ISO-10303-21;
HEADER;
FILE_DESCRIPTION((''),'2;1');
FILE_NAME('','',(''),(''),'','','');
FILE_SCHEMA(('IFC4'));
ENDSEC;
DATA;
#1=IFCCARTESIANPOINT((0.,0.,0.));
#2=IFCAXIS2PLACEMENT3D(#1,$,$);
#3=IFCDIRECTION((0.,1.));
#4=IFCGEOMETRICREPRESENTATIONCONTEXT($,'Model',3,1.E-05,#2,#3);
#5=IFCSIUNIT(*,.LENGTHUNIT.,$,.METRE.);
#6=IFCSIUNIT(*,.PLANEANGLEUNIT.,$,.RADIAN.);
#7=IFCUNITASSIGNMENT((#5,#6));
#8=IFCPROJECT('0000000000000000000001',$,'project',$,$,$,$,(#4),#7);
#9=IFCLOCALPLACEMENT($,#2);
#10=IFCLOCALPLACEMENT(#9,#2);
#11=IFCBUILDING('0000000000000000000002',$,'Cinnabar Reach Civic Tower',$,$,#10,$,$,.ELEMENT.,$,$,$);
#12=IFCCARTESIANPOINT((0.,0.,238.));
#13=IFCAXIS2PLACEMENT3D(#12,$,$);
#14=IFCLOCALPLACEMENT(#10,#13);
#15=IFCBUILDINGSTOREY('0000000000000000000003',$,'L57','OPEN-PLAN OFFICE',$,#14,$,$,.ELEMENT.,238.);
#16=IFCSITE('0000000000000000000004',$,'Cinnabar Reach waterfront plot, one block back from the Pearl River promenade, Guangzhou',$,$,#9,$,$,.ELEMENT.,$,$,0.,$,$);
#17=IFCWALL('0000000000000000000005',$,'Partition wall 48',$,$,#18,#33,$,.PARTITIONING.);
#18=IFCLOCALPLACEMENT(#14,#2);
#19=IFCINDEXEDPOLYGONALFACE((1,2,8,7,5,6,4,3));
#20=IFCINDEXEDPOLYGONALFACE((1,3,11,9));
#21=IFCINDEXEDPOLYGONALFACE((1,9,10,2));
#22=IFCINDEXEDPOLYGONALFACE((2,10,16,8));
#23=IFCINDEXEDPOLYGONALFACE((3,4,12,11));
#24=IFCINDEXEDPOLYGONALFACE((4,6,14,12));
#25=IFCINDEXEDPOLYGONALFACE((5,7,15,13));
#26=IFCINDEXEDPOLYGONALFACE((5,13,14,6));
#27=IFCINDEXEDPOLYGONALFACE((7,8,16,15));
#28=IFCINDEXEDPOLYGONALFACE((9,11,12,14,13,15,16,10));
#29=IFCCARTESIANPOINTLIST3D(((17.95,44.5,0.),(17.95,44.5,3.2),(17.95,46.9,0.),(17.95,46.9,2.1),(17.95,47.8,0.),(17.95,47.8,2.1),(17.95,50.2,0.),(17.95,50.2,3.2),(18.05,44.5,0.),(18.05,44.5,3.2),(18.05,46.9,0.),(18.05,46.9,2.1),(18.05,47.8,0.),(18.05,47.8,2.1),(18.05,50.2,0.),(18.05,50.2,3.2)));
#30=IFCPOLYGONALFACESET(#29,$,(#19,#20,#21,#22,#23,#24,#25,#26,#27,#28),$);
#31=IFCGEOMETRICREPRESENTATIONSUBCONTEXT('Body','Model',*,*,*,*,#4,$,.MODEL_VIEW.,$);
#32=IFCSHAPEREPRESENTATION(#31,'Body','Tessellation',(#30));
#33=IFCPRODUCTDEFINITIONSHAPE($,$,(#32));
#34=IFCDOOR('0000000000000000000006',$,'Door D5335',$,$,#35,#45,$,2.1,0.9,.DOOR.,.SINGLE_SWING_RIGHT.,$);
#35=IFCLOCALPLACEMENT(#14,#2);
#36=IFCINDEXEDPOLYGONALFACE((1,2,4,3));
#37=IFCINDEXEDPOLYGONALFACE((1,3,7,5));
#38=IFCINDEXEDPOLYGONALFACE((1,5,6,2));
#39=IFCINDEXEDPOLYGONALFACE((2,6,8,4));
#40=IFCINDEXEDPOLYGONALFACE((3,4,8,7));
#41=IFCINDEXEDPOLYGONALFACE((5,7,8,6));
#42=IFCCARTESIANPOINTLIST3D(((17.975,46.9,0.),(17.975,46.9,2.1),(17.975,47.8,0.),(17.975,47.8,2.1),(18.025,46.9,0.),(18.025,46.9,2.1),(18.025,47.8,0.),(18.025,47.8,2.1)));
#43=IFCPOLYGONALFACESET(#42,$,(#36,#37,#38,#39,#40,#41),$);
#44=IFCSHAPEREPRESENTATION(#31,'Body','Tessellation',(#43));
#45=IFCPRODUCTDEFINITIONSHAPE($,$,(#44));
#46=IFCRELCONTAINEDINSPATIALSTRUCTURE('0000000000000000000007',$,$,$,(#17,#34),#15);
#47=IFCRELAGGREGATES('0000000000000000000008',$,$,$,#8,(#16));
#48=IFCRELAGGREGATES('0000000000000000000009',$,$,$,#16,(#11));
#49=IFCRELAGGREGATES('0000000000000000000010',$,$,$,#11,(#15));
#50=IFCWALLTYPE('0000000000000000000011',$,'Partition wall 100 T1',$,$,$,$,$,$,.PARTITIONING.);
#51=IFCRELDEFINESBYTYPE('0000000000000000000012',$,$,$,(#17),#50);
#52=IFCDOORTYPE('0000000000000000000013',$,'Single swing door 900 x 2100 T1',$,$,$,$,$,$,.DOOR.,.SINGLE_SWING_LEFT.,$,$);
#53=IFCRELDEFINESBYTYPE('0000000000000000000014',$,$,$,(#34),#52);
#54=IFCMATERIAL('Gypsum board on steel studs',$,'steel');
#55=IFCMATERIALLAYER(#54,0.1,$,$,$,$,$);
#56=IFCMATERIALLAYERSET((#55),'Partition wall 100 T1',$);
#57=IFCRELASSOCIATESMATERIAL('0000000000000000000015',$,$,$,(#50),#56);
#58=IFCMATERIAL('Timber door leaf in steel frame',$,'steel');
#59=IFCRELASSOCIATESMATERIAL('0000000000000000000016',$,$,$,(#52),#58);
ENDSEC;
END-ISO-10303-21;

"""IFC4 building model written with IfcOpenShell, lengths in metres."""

from ifc_helpers import new_model, si_unit, direction, frame, frame_2d, origin, place, context, subcontext, project, spatial, rectangle, extrude, material, layer, layer_set, type_object, element, fill, save


model = new_model("IFC4")

# Units and contexts
model_context = context("Model", 3, precision=1e-05, world=origin(), true_north=direction((0.0, 1.0)))
body_context = subcontext(model_context, "Body", "Model", "MODEL_VIEW")
ifc_project = project(units=[si_unit("LENGTHUNIT", "METRE"), si_unit("PLANEANGLEUNIT", "RADIAN")], contexts=[model_context])

# Site, building, storey
site_placement = place(None, origin())
site = spatial("IfcSite", under=ifc_project, at=site_placement, Name="Cinnabar Reach waterfront plot, one block back from the Pearl River promenade, Guangzhou", CompositionType="ELEMENT", RefElevation=0.0)
building_placement = place(site_placement, origin())
building = spatial("IfcBuilding", under=site, at=building_placement, Name="Cinnabar Reach Civic Tower", CompositionType="ELEMENT")
storey_placement = place(building_placement, frame((0.0, 0.0, 238.0)))
storey = spatial("IfcBuildingStorey", under=building, at=storey_placement, Name="L57", Description="OPEN-PLAN OFFICE", CompositionType="ELEMENT", Elevation=238.0)

# Wall, opening, door
ifc_material_1 = material(Name="Gypsum board on steel studs", Category="steel")
ifc_layer_1 = layer(ifc_material_1, 0.1)
ifc_layer_set_1 = layer_set([ifc_layer_1], Name="Partition wall 100 T1")
wall_type_1 = type_object("IfcWallType", Name="Partition wall 100 T1", PredefinedType="PARTITIONING", material=ifc_layer_set_1)
ifc_material_2 = material(Name="Timber door leaf in steel frame", Category="steel")
door_type = type_object("IfcDoorType", Name="Single swing door 900 x 2100 T1", OperationType="SINGLE_SWING_LEFT", PredefinedType="DOOR", material=ifc_material_2)
wall_1_placement = place(storey_placement, frame((18.0, 44.5, 0.0), z_axis=(0.0, 0.0, 1.0), x_axis=(0.0, 1.0, 0.0)))
wall_1 = element("IfcWall", 1, at=wall_1_placement, inside=storey, type_object=wall_type_1, Name="Partition wall 48", PredefinedType="PARTITIONING", context=body_context, shape_type="SweptSolid", body=[
    extrude(rectangle(XDim=5.7, YDim=0.1, at=frame_2d((2.85, 0.0))), origin(), (0.0, 0.0, 1.0), 3.2),
])
opening_1_placement = place(wall_1_placement, frame((2.4, 0.0, 0.0)))
opening_1 = element("IfcOpeningElement", 2, at=opening_1_placement, cuts=wall_1, PredefinedType="OPENING", context=body_context, shape_type="SweptSolid", body=[
    extrude(rectangle(XDim=0.9, YDim=2.1, at=frame_2d((0.45, 1.05))), frame((0.0, 0.06, 0.0), z_axis=(0.0, -1.0, 0.0), x_axis=(1.0, 0.0, 0.0)), (0.0, 0.0, 1.0), 0.12),
])
door_1_placement = place(opening_1_placement, frame((0.9, 0.0, 0.0), z_axis=(0.0, 0.0, 1.0), x_axis=(-1.0, 0.0, 0.0)))
door_1 = element("IfcDoor", 3, at=door_1_placement, inside=storey, type_object=door_type, Name="Door D5335", OperationType="SINGLE_SWING_RIGHT", OverallHeight=2.1, OverallWidth=0.9, PredefinedType="DOOR", context=body_context, shape_type="SweptSolid", body=[
    extrude(rectangle(XDim=0.9, YDim=2.1, at=frame_2d((0.45, 1.05))), frame((0.0, 0.025, 0.0), z_axis=(0.0, -1.0, 0.0), x_axis=(1.0, 0.0, 0.0)), (0.0, 0.0, 1.0), 0.05),
])
fill(opening_1, door_1)

save(model, "model.ifc")
